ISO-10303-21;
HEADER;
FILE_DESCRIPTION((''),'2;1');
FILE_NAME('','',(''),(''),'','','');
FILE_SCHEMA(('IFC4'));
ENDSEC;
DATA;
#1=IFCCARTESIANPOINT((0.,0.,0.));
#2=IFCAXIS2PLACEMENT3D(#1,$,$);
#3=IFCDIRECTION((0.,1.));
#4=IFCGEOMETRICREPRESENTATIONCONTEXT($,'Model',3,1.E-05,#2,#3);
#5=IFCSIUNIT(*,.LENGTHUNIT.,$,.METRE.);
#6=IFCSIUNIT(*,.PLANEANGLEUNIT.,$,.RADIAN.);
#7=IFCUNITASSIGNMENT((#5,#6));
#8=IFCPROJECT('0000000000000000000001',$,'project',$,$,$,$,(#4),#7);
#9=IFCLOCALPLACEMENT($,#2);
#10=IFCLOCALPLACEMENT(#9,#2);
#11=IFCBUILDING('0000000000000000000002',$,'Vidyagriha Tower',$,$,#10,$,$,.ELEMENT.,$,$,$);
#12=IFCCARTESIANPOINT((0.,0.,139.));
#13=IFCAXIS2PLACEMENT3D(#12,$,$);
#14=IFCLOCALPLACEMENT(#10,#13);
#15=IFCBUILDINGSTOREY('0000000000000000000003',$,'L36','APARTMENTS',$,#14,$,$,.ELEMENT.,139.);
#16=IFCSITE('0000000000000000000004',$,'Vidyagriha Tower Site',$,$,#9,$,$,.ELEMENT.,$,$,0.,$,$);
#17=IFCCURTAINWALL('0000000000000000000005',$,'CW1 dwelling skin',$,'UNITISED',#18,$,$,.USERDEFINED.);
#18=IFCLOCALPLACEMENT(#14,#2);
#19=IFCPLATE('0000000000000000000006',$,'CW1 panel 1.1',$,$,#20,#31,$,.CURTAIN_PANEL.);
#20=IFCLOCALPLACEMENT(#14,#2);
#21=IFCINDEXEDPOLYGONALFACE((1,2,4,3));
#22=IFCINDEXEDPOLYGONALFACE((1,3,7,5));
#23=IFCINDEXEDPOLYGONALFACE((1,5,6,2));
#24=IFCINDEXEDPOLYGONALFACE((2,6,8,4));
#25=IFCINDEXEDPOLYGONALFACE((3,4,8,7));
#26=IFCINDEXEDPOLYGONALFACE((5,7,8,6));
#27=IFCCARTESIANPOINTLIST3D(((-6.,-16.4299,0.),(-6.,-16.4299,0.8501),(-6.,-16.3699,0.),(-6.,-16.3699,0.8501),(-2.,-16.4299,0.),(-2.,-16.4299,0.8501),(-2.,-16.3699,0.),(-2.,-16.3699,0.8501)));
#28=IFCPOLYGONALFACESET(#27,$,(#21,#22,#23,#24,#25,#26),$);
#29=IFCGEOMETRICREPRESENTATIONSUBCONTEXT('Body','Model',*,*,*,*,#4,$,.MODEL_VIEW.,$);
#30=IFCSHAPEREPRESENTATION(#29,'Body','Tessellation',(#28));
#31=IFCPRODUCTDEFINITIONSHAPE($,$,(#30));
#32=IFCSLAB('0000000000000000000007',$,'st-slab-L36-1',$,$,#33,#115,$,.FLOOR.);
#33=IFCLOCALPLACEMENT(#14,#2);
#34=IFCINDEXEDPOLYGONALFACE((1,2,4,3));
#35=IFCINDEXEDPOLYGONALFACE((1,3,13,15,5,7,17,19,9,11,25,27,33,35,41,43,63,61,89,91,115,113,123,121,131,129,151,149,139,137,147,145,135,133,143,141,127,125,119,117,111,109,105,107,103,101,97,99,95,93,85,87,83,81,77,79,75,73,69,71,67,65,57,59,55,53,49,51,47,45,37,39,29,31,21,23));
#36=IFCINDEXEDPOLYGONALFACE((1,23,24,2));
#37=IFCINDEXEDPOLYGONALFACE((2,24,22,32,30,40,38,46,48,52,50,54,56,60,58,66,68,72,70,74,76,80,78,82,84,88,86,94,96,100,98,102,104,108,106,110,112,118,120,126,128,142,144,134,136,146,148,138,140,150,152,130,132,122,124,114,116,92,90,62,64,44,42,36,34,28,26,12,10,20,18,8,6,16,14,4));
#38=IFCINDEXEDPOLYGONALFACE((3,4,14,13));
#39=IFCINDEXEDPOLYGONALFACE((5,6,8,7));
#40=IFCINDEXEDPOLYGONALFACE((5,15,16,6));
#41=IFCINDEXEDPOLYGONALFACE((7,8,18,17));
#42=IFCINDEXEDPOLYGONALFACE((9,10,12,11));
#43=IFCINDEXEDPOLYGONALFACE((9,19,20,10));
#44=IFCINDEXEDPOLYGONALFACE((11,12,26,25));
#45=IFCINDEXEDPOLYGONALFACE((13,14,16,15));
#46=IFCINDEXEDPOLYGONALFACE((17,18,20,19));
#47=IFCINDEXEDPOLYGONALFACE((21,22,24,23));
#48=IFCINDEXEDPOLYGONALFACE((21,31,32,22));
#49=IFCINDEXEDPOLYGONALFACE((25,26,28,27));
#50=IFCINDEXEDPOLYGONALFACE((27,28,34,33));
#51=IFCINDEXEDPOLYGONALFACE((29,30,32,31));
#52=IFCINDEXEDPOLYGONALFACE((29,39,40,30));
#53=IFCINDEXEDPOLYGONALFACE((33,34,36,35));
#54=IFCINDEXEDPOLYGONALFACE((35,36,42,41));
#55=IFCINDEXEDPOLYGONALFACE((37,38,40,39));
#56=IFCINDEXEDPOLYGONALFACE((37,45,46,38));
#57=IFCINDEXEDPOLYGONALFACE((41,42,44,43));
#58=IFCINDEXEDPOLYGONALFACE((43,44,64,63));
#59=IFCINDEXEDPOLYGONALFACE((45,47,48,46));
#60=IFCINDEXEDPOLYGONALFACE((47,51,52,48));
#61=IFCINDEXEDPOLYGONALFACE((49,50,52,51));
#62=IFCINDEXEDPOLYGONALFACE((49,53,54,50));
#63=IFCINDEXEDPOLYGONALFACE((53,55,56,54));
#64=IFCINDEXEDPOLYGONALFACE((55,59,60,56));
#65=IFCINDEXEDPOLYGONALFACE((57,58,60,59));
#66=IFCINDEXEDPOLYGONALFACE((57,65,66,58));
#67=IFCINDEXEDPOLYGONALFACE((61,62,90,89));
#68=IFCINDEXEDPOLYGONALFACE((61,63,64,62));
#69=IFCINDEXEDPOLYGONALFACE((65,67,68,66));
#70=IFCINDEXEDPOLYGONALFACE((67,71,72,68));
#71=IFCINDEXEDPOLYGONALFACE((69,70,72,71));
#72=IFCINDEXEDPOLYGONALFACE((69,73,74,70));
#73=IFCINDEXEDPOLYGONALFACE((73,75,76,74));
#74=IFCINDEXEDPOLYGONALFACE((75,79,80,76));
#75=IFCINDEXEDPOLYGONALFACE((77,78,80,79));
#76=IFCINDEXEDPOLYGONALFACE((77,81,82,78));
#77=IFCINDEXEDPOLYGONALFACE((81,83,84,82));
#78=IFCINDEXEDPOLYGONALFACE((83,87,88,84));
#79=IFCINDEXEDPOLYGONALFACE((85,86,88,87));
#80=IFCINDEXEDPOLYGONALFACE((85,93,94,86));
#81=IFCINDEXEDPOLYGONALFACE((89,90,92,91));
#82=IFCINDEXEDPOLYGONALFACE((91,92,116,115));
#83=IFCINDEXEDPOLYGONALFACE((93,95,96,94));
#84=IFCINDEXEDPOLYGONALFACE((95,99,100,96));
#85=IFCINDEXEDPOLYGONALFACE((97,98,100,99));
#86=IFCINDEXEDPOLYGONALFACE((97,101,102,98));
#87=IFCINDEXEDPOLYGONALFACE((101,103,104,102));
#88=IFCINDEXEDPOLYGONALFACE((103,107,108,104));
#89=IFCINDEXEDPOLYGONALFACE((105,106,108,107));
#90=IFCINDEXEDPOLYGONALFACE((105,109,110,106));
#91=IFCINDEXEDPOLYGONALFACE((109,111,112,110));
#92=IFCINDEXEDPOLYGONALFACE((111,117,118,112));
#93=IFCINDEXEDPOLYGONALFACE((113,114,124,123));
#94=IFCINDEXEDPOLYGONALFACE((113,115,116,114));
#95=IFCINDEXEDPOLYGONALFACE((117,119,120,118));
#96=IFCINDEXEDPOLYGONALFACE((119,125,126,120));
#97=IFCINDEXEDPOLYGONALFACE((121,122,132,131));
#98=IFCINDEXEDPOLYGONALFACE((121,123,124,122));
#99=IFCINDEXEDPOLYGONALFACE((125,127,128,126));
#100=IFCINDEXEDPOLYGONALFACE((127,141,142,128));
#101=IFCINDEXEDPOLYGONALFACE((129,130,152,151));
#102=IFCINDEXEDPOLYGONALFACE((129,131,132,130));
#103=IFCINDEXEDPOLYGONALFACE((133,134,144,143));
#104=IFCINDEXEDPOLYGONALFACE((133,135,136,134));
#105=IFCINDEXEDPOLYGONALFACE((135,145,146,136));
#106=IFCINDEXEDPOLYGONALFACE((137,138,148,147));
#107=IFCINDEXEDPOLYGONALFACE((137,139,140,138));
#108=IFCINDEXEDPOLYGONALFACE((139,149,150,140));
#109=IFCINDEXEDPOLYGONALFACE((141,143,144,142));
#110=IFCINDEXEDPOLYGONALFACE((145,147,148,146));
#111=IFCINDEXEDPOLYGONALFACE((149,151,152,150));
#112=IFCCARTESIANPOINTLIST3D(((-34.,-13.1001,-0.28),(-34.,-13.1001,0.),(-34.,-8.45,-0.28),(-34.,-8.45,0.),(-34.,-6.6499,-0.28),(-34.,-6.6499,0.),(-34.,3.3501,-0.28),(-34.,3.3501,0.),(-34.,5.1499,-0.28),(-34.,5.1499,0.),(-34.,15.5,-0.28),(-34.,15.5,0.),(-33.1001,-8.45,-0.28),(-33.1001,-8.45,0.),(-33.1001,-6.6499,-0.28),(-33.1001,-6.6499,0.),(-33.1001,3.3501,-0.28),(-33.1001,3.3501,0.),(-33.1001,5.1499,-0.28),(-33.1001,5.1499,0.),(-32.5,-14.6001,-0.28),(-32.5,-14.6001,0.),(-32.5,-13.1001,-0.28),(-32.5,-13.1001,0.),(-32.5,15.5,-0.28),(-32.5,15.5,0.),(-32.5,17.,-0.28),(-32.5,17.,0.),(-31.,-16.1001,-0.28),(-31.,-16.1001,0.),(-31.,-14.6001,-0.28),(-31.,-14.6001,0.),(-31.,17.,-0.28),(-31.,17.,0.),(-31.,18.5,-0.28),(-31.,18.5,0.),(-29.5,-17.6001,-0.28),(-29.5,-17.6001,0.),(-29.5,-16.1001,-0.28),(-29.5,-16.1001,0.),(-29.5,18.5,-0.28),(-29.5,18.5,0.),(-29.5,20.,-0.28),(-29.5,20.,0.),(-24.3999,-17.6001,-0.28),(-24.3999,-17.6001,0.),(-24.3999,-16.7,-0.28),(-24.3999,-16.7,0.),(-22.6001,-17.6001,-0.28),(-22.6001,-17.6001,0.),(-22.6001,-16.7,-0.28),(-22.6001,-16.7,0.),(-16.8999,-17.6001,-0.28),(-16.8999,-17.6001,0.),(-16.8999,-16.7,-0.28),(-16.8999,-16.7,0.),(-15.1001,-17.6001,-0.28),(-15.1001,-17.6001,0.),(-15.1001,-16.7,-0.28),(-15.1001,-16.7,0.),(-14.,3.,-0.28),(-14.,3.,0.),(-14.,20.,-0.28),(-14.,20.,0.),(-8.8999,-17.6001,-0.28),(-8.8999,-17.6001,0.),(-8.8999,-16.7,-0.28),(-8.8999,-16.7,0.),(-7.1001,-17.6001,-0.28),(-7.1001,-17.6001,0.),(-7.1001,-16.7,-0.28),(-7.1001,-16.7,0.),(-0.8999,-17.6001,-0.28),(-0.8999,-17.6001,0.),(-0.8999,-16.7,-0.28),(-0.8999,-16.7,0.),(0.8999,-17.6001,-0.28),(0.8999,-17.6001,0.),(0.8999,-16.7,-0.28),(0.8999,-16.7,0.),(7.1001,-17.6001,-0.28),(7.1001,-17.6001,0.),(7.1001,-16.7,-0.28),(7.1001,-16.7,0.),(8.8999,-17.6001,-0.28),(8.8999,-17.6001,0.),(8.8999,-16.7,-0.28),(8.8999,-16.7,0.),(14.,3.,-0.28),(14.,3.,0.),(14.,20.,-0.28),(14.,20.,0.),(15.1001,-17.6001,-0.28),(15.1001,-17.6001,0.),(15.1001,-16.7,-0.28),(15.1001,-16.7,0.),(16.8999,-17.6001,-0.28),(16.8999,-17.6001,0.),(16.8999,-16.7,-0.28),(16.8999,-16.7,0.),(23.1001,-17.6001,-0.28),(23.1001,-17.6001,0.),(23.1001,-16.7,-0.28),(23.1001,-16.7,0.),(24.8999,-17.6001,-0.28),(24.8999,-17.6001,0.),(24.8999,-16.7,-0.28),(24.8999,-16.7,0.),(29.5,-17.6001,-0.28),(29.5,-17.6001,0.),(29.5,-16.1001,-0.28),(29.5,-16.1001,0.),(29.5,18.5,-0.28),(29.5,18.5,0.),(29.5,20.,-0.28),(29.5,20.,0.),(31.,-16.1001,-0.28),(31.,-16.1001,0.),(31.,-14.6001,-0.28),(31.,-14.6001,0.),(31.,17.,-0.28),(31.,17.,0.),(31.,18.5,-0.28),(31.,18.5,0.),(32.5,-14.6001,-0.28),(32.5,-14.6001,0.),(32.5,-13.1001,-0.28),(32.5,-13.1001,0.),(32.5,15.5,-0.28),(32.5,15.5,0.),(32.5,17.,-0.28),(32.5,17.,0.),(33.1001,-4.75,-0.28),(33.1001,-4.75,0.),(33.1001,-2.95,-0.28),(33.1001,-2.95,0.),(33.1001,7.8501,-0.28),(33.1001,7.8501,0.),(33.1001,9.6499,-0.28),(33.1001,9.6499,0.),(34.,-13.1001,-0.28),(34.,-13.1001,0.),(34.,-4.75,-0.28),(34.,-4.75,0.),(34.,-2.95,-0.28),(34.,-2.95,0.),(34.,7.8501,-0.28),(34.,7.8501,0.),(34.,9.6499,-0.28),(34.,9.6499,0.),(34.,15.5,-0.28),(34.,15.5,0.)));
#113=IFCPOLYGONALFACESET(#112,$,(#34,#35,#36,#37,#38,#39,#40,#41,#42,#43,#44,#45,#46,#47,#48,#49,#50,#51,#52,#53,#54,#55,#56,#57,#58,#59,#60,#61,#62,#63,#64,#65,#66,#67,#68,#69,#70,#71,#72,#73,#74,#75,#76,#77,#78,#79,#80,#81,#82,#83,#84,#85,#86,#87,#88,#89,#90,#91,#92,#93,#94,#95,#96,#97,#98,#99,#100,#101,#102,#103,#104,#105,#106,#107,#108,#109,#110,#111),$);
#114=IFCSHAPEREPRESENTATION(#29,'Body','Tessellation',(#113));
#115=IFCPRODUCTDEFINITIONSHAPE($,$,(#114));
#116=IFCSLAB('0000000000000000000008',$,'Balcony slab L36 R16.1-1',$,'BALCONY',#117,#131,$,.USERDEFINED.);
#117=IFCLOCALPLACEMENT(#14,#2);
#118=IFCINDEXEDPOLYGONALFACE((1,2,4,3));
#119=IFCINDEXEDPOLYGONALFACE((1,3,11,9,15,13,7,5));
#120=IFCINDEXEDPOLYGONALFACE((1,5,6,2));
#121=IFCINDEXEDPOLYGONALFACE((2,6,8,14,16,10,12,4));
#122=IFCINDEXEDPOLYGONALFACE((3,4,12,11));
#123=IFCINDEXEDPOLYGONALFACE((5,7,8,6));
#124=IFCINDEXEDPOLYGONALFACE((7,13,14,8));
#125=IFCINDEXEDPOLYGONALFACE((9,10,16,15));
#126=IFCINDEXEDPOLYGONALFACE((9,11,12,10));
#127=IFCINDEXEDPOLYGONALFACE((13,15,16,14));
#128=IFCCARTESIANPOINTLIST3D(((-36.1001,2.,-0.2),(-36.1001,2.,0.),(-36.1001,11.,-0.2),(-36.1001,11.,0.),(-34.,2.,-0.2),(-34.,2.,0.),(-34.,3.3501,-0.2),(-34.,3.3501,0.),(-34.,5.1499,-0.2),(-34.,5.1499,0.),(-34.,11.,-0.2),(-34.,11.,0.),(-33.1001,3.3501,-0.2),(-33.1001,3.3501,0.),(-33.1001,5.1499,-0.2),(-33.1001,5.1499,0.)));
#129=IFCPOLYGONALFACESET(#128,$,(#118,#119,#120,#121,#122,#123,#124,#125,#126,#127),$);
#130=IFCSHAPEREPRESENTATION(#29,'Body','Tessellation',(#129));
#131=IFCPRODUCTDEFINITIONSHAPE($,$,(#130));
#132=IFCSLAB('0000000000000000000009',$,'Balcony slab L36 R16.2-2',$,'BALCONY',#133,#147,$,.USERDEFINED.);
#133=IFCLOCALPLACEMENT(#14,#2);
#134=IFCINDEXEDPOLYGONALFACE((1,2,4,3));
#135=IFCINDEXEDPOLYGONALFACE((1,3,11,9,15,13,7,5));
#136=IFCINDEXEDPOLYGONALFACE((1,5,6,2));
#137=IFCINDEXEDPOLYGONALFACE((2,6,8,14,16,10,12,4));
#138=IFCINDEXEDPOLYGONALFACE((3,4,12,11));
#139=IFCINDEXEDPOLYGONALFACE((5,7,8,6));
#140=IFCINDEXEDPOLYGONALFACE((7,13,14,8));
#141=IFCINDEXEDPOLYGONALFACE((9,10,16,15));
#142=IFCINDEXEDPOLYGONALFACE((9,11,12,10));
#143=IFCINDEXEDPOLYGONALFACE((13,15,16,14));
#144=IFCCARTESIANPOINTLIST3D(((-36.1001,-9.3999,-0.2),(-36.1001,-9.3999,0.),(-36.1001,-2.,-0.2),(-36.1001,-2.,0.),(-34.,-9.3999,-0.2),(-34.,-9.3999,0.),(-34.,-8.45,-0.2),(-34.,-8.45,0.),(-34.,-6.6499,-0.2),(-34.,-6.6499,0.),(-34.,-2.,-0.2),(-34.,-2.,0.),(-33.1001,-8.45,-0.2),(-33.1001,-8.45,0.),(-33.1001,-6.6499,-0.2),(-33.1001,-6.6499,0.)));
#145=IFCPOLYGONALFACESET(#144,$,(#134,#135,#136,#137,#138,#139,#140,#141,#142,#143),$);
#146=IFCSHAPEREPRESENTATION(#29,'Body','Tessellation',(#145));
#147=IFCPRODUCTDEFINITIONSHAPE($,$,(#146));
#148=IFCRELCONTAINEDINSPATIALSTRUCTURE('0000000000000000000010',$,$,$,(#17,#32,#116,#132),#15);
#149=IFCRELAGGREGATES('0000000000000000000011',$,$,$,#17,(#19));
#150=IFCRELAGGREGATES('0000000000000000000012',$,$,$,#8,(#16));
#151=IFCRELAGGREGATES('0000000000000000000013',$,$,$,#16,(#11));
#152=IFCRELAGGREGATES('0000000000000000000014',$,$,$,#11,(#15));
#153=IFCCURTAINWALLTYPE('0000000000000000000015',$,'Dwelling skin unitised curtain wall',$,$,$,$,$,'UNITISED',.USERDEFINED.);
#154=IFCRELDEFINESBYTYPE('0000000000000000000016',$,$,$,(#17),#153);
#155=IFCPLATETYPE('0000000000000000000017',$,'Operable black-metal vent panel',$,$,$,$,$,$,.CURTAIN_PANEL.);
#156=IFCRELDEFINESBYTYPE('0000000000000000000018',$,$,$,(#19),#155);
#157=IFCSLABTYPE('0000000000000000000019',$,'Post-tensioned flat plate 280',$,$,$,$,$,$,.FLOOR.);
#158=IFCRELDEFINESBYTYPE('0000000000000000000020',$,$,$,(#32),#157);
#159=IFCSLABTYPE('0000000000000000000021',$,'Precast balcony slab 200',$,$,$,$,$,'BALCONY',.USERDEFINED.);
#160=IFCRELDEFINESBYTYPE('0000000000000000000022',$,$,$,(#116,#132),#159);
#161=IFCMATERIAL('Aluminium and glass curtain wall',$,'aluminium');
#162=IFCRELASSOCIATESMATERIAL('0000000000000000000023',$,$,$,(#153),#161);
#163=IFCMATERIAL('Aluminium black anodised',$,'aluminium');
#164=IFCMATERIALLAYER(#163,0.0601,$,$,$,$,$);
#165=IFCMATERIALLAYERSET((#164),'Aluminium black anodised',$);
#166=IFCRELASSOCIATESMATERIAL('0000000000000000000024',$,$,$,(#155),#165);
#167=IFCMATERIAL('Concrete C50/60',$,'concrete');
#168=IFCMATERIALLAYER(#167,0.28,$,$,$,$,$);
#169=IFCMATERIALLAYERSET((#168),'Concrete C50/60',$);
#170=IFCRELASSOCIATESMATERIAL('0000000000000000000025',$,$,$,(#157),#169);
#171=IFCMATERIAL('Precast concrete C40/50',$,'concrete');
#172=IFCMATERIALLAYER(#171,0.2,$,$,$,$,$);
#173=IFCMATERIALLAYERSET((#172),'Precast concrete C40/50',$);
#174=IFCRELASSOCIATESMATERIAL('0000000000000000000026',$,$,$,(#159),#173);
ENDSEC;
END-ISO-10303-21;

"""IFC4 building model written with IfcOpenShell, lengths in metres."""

from ifc_helpers import new_model, si_unit, direction, frame, origin, origin_2d, place, context, subcontext, project, spatial, polyline, rectangle, outline, extrude, material, layer, layer_set, type_object, element, aggregate, save


model = new_model("IFC4")

# Units and contexts
model_context = context("Model", 3, precision=1e-05, world=origin(), true_north=direction((0.0, 1.0)))
body_context = subcontext(model_context, "Body", "Model", "MODEL_VIEW")
ifc_project = project(units=[si_unit("LENGTHUNIT", "METRE"), si_unit("PLANEANGLEUNIT", "RADIAN")], contexts=[model_context])

# Site, building, storey
site_placement = place(None, origin())
site = spatial("IfcSite", under=ifc_project, at=site_placement, Name="Vidyagriha Tower Site", CompositionType="ELEMENT", RefElevation=0.0)
building_placement = place(site_placement, origin())
building = spatial("IfcBuilding", under=site, at=building_placement, Name="Vidyagriha Tower", CompositionType="ELEMENT")
storey_placement = place(building_placement, frame((0.0, 0.0, 139.0)))
storey = spatial("IfcBuildingStorey", under=building, at=storey_placement, Name="L36", Description="APARTMENTS", CompositionType="ELEMENT", Elevation=139.0)

# Curtain wall
ifc_material_1 = material(Name="Aluminium and glass curtain wall", Category="aluminium")
curtain_wall_type = type_object("IfcCurtainWallType", Name="Dwelling skin unitised curtain wall", ElementType="UNITISED", PredefinedType="USERDEFINED", material=ifc_material_1)
curtain_wall_placement = place(storey_placement, origin())
curtain_wall = element("IfcCurtainWall", 1, at=curtain_wall_placement, inside=storey, type_object=curtain_wall_type, Name="CW1 dwelling skin", ObjectType="UNITISED", PredefinedType="USERDEFINED")

# Plate
ifc_material_2 = material(Name="Aluminium black anodised", Category="aluminium")
ifc_layer_1 = layer(ifc_material_2, 0.0601)
ifc_layer_set_1 = layer_set([ifc_layer_1], Name="Aluminium black anodised")
plate_type_1 = type_object("IfcPlateType", Name="Operable black-metal vent panel", PredefinedType="CURTAIN_PANEL", material=ifc_layer_set_1)
plate_1_placement = place(storey_placement, frame((-4.0, -16.3999, 0.0)))
plate_1 = element("IfcPlate", 2, at=plate_1_placement, type_object=plate_type_1, Name="CW1 panel 1.1", PredefinedType="CURTAIN_PANEL", context=body_context, shape_type="SweptSolid", body=[
    extrude(rectangle(XDim=4.0, YDim=0.0601, at=origin_2d()), origin(), (0.0, 0.0, 1.0), 0.8501),
])
aggregate(curtain_wall, [plate_1])

# Slabs
ifc_material_3 = material(Name="Concrete C50/60", Category="concrete")
ifc_layer_2 = layer(ifc_material_3, 0.28)
ifc_layer_set_2 = layer_set([ifc_layer_2], Name="Concrete C50/60")
slab_type_1 = type_object("IfcSlabType", Name="Post-tensioned flat plate 280", PredefinedType="FLOOR", material=ifc_layer_set_2)
slab_1_placement = place(storey_placement, frame((0.0, 0.0, -0.28)))
element("IfcSlab", 3, at=slab_1_placement, inside=storey, type_object=slab_type_1, Name="st-slab-L36-1", PredefinedType="FLOOR", context=body_context, shape_type="SweptSolid", body=[
    extrude(outline(polyline([(32.5, -14.6001), (31.0, -14.6001), (31.0, -16.1001), (29.5, -16.1001), (29.5, -17.6001), (24.8999, -17.6001), (24.8999, -16.7), (23.1001, -16.7), (23.1001, -17.6001), (16.8999, -17.6001), (16.8999, -16.7), (15.1001, -16.7), (15.1001, -17.6001), (8.8999, -17.6001), (8.8999, -16.7), (7.1001, -16.7), (7.1001, -17.6001), (0.8999, -17.6001), (0.8999, -16.7), (-0.8999, -16.7), (-0.8999, -17.6001), (-7.1001, -17.6001), (-7.1001, -16.7), (-8.8999, -16.7), (-8.8999, -17.6001), (-15.1001, -17.6001), (-15.1001, -16.7), (-16.8999, -16.7), (-16.8999, -17.6001), (-22.6001, -17.6001), (-22.6001, -16.7), (-24.3999, -16.7), (-24.3999, -17.6001), (-29.5, -17.6001), (-29.5, -16.1001), (-31.0, -16.1001), (-31.0, -14.6001), (-32.5, -14.6001), (-32.5, -13.1001), (-34.0, -13.1001), (-34.0, -8.45), (-33.1001, -8.45), (-33.1001, -6.6499), (-34.0, -6.6499), (-34.0, 3.3501), (-33.1001, 3.3501), (-33.1001, 5.1499), (-34.0, 5.1499), (-34.0, 15.5), (-32.5, 15.5), (-32.5, 17.0), (-31.0, 17.0), (-31.0, 18.5), (-29.5, 18.5), (-29.5, 20.0), (-14.0, 20.0), (-14.0, 3.0), (14.0, 3.0), (14.0, 20.0), (29.5, 20.0), (29.5, 18.5), (31.0, 18.5), (31.0, 17.0), (32.5, 17.0), (32.5, 15.5), (34.0, 15.5), (34.0, 9.6499), (33.1001, 9.6499), (33.1001, 7.8501), (34.0, 7.8501), (34.0, -2.95), (33.1001, -2.95), (33.1001, -4.75), (34.0, -4.75), (34.0, -13.1001), (32.5, -13.1001), (32.5, -14.6001)])), origin(), (0.0, 0.0, 1.0), 0.28),
])
ifc_material_4 = material(Name="Precast concrete C40/50", Category="concrete")
ifc_layer_3 = layer(ifc_material_4, 0.2)
ifc_layer_set_3 = layer_set([ifc_layer_3], Name="Precast concrete C40/50")
slab_type_2 = type_object("IfcSlabType", Name="Precast balcony slab 200", ElementType="BALCONY", PredefinedType="USERDEFINED", material=ifc_layer_set_3)
slab_2_placement = place(storey_placement, frame((0.0, 0.0, -0.2)))
element("IfcSlab", 4, at=slab_2_placement, inside=storey, type_object=slab_type_2, Name="Balcony slab L36 R16.1-1", ObjectType="BALCONY", PredefinedType="USERDEFINED", context=body_context, shape_type="SweptSolid", body=[
    extrude(outline(polyline([(-33.1001, 3.3501), (-33.1001, 5.1499), (-34.0, 5.1499), (-34.0, 11.0), (-36.1001, 11.0), (-36.1001, 2.0), (-34.0, 2.0), (-34.0, 3.3501), (-33.1001, 3.3501)])), origin(), (0.0, 0.0, 1.0), 0.2),
])
slab_3_placement = place(storey_placement, frame((0.0, 0.0, -0.2)))
element("IfcSlab", 5, at=slab_3_placement, inside=storey, type_object=slab_type_2, Name="Balcony slab L36 R16.2-2", ObjectType="BALCONY", PredefinedType="USERDEFINED", context=body_context, shape_type="SweptSolid", body=[
    extrude(outline(polyline([(-33.1001, -8.45), (-33.1001, -6.6499), (-34.0, -6.6499), (-34.0, -2.0), (-36.1001, -2.0), (-36.1001, -9.3999), (-34.0, -9.3999), (-34.0, -8.45), (-33.1001, -8.45)])), origin(), (0.0, 0.0, 1.0), 0.2),
])

save(model, "model.ifc")
